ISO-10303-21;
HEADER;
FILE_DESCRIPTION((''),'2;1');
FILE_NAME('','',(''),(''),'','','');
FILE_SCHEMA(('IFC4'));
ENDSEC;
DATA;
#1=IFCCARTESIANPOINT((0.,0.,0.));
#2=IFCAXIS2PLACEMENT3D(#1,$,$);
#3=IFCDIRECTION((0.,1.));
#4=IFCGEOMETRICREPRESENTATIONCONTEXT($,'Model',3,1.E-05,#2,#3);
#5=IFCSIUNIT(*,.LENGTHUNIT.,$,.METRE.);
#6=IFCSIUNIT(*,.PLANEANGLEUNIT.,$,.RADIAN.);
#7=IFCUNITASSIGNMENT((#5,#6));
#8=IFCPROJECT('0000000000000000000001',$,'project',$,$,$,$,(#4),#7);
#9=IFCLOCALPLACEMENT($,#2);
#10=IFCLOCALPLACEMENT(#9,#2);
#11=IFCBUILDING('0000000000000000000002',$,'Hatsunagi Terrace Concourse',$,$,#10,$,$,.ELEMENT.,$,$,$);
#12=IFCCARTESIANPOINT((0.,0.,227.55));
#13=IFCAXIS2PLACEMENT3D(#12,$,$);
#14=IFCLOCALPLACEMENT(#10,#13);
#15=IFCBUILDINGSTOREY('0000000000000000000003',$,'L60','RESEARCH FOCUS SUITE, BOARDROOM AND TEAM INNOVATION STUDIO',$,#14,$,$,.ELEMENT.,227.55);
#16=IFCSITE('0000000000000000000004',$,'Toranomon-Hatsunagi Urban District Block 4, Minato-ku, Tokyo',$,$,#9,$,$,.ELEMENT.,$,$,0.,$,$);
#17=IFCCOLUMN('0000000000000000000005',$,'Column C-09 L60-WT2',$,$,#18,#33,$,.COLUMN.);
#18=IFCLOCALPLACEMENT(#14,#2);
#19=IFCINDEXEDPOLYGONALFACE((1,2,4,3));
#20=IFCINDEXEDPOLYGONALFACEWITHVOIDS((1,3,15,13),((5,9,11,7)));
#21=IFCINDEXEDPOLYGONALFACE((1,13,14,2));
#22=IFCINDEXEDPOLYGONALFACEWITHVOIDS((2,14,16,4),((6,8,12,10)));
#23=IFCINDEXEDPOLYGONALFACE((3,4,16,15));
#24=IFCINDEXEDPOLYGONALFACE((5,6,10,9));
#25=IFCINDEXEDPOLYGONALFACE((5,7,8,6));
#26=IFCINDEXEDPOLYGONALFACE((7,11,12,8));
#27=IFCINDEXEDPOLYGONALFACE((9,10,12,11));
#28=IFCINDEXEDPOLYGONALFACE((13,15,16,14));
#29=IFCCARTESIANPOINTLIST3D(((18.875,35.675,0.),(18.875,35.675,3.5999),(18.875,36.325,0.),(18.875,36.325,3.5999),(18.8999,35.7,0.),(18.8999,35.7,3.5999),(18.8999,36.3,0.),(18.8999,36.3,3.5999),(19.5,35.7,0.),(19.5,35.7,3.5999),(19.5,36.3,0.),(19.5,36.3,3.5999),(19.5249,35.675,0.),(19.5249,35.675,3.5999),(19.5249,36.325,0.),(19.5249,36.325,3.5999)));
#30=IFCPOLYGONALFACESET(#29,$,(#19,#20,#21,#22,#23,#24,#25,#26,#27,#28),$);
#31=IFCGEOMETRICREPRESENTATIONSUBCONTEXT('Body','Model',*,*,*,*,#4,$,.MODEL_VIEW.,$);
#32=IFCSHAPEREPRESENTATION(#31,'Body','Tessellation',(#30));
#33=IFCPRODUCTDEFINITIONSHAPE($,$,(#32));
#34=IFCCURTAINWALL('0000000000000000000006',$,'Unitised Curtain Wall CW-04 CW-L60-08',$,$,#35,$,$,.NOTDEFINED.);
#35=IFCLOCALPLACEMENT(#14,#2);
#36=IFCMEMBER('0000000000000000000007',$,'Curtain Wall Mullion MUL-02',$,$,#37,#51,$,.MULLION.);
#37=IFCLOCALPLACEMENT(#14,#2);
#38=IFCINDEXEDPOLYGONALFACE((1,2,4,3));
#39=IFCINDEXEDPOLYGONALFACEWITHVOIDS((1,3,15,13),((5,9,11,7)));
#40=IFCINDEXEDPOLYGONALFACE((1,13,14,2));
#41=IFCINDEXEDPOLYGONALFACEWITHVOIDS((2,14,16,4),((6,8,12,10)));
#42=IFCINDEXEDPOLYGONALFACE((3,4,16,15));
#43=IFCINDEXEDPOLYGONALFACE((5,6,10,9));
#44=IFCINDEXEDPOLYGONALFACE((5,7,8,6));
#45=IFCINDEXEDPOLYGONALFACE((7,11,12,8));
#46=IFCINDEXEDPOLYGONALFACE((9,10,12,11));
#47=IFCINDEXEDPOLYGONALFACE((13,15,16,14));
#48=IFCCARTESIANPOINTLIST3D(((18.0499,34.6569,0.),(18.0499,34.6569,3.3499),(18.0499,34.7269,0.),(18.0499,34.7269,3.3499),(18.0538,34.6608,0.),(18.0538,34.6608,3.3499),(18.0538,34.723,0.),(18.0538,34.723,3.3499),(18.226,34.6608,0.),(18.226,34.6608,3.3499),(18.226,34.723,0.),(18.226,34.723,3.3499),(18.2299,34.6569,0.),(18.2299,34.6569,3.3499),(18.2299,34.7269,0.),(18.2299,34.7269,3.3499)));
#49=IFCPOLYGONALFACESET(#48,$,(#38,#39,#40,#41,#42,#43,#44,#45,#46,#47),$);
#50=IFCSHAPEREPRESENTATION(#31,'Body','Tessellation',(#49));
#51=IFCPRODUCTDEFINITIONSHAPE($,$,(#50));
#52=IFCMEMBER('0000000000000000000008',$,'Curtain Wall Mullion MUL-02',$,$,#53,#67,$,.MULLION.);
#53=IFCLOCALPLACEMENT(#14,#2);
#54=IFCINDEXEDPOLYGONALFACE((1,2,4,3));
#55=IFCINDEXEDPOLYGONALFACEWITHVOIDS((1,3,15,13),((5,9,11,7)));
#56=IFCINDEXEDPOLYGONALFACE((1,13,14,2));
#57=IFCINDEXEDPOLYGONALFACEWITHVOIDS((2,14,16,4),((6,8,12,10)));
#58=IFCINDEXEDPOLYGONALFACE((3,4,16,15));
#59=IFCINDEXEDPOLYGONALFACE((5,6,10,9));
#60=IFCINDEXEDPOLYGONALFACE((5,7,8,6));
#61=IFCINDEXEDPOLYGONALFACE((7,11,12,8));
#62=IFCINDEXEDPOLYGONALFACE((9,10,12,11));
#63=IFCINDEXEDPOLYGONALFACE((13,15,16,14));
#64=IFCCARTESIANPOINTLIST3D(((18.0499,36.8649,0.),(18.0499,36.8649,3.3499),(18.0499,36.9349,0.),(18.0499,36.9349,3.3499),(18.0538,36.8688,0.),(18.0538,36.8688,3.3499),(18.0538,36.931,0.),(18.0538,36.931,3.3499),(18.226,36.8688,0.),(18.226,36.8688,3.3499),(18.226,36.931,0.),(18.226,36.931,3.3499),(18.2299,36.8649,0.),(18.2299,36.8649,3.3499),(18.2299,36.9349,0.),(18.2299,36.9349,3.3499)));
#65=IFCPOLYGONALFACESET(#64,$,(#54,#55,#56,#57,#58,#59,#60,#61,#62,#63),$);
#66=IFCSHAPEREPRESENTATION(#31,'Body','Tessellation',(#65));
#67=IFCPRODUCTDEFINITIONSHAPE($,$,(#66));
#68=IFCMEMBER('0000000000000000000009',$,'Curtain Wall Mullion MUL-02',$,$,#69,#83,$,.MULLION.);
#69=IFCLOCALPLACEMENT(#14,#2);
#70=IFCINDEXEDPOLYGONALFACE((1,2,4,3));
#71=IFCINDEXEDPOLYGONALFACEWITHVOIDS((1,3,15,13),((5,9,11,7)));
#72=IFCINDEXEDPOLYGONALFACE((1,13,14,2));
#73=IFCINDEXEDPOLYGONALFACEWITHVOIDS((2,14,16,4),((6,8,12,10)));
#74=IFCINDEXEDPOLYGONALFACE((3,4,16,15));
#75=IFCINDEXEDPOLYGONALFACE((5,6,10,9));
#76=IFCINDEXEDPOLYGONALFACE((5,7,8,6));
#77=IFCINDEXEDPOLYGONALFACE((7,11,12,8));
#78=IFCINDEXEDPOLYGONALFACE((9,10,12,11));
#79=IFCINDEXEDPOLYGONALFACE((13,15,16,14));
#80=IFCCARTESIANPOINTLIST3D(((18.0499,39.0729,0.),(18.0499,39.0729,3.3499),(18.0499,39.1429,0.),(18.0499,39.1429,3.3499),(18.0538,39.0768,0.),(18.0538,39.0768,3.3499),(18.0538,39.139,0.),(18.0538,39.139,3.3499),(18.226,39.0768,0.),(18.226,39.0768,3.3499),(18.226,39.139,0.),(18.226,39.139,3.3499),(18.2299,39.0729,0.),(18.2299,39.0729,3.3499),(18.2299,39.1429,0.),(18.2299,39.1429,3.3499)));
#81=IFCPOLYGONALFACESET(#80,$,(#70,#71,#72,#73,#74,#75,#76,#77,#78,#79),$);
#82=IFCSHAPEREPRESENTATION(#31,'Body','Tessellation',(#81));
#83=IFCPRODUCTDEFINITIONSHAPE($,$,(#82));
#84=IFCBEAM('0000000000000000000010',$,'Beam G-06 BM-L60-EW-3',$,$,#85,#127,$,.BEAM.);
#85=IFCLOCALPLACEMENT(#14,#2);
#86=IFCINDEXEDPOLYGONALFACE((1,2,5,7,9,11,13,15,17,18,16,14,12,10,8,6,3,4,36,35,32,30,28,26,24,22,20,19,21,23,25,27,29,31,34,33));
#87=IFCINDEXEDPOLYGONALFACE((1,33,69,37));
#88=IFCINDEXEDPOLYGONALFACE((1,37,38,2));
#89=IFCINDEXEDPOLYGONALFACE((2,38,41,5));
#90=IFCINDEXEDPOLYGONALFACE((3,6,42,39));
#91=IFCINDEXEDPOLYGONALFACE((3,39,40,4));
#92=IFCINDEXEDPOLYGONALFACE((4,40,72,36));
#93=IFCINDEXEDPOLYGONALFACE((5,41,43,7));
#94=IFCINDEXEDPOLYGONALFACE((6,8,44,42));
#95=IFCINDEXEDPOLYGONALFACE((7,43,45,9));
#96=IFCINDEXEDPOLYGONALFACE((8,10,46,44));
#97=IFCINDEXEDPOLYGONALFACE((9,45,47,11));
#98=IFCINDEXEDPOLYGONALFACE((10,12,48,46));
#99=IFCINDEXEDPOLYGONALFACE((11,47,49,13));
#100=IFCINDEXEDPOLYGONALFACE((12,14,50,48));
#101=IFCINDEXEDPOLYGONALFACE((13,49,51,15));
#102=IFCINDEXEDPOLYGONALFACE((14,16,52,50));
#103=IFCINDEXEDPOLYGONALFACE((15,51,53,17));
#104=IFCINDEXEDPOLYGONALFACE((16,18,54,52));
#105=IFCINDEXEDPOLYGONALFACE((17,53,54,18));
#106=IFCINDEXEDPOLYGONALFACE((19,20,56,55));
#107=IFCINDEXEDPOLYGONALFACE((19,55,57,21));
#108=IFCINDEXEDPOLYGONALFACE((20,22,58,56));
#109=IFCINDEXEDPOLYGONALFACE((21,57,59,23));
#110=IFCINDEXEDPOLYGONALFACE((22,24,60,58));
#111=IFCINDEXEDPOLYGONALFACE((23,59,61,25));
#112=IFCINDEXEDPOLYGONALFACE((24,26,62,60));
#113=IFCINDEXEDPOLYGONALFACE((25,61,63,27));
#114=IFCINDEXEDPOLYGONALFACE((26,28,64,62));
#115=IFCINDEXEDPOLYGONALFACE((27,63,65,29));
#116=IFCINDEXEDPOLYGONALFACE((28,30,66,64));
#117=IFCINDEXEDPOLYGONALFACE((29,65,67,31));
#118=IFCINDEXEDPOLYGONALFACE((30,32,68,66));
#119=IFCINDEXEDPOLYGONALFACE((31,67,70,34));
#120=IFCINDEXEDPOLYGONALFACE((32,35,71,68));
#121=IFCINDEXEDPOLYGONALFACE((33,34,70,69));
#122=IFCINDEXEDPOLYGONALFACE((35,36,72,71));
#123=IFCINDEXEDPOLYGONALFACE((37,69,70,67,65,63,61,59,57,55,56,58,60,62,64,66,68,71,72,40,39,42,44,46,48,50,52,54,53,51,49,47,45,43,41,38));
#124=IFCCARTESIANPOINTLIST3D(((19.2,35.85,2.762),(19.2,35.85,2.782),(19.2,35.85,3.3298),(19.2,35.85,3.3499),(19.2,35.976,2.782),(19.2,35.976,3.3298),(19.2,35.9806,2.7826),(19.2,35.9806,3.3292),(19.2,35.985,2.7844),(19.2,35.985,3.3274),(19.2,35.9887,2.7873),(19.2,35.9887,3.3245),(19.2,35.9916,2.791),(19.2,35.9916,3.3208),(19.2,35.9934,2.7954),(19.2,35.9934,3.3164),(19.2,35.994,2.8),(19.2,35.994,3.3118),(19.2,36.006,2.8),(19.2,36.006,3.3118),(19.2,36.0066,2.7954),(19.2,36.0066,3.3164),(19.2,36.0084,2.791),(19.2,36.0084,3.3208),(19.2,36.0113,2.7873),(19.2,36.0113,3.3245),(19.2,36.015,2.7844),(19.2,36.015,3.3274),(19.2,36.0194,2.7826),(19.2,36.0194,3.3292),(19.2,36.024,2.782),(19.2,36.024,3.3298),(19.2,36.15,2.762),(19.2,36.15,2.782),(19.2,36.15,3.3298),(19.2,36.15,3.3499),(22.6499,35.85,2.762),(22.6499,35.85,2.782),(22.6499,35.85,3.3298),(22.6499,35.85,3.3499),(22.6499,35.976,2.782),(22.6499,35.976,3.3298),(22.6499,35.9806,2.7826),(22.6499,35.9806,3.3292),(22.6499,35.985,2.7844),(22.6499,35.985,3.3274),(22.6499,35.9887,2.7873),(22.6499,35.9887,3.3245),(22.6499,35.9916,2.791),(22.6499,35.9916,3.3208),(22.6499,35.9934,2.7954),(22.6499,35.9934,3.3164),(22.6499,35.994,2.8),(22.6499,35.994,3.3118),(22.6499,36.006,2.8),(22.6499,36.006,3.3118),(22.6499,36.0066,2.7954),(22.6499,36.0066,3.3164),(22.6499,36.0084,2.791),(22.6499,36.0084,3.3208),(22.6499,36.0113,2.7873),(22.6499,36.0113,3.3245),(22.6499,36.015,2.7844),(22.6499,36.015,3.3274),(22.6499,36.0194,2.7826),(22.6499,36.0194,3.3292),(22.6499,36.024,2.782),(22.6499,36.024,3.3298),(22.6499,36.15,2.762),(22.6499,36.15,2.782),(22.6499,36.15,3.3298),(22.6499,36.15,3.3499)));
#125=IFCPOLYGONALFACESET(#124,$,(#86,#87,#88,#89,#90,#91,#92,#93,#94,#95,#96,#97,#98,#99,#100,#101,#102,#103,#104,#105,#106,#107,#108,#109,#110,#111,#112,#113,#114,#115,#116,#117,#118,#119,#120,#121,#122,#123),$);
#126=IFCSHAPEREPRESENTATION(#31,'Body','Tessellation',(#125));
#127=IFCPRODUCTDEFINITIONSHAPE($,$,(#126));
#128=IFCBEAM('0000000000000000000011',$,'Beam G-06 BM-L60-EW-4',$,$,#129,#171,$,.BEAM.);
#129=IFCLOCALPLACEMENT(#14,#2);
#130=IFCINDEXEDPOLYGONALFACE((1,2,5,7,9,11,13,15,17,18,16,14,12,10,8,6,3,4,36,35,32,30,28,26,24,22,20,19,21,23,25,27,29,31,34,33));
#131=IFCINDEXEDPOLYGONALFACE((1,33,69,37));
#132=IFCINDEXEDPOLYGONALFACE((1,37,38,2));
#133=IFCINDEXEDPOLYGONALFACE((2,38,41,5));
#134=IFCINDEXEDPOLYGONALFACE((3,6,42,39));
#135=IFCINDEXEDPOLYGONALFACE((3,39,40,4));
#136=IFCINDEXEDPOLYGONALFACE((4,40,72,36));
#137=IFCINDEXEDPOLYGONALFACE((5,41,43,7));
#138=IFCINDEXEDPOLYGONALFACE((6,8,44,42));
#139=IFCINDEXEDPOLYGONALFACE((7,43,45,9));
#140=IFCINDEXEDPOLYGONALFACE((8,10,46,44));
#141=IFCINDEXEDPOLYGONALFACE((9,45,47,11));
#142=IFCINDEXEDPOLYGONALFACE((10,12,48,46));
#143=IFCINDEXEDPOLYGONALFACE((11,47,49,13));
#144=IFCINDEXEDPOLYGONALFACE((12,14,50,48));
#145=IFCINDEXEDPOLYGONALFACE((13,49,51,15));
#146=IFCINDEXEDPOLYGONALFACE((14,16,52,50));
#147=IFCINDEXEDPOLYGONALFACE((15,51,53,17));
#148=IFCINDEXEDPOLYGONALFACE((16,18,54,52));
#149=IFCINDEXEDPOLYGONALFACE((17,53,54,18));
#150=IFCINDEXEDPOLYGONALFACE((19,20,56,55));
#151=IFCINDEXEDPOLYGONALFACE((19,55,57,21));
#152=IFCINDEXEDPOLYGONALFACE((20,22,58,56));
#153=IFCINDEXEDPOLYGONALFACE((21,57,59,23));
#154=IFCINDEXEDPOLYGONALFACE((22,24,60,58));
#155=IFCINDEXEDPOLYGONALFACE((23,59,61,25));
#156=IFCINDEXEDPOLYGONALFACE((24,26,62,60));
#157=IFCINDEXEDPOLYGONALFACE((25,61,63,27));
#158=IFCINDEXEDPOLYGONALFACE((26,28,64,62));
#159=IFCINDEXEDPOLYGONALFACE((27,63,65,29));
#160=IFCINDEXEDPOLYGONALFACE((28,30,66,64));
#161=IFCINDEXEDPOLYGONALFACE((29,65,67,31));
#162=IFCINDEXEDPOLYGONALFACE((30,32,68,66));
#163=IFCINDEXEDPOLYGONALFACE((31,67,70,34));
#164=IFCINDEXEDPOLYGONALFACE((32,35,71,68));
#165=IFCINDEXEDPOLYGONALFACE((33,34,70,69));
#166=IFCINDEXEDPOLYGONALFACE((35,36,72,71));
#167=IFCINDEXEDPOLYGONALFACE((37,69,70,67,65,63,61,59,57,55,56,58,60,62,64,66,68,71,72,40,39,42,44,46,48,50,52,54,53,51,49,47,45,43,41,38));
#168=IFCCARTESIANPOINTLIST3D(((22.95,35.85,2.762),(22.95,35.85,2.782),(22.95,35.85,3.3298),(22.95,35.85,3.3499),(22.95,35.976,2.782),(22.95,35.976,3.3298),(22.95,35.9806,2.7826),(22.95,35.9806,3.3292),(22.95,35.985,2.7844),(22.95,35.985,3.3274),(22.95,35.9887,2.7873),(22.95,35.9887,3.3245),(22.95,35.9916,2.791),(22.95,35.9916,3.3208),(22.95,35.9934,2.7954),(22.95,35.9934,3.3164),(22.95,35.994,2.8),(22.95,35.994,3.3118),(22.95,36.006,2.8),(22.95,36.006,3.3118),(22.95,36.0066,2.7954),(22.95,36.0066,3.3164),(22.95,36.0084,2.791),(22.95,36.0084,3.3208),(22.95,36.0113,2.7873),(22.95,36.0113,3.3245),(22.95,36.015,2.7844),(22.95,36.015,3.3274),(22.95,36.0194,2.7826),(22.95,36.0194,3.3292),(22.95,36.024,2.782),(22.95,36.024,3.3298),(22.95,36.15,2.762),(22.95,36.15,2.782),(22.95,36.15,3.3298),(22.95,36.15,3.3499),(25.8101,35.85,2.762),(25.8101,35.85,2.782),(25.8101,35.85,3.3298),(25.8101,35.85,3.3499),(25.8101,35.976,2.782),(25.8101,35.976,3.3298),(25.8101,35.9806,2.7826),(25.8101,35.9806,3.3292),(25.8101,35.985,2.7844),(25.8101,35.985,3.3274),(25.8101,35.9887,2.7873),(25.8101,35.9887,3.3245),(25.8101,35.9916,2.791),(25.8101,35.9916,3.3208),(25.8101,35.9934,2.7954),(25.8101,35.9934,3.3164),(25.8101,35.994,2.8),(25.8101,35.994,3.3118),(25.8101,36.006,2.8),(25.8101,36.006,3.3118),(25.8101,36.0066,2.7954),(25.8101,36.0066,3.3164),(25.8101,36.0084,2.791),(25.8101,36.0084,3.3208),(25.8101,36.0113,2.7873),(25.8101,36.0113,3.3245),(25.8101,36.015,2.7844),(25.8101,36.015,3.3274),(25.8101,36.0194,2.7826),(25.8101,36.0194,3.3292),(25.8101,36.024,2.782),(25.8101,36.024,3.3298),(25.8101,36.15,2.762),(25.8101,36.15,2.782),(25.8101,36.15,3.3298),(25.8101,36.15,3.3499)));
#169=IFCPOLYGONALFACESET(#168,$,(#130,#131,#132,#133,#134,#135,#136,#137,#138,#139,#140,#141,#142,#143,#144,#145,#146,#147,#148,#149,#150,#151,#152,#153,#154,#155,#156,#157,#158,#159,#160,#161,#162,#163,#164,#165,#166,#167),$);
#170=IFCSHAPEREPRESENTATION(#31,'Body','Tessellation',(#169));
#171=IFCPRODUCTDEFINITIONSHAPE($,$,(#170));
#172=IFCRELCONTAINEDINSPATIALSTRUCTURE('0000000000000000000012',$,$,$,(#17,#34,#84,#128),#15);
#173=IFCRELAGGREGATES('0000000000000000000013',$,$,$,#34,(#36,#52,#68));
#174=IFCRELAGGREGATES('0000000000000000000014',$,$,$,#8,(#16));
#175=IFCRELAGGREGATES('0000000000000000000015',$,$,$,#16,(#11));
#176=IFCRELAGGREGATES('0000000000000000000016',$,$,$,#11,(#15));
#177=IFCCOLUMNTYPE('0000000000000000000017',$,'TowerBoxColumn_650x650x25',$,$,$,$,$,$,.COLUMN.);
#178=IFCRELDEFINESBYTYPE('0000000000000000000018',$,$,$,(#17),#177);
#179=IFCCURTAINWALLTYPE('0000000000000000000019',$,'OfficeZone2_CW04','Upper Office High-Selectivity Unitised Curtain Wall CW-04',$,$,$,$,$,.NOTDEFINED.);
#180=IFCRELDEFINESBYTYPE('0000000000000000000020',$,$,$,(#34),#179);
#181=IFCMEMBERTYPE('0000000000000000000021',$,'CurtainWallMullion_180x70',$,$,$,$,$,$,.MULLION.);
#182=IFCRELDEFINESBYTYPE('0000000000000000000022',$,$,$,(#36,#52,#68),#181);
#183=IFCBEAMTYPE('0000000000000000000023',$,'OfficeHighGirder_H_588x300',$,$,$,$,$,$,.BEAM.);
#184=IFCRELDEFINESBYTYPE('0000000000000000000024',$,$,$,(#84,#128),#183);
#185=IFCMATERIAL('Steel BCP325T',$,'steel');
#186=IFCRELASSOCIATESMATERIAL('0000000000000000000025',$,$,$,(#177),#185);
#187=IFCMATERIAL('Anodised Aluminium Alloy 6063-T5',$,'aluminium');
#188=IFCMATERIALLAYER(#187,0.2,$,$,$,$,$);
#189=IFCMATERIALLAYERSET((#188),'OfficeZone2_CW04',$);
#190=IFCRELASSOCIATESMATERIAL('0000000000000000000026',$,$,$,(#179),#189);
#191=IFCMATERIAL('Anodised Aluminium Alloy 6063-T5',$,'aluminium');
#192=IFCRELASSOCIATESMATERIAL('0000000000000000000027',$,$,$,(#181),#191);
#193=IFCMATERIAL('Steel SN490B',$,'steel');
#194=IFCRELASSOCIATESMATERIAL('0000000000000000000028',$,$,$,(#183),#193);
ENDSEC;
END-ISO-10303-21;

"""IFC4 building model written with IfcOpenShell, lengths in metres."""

from ifc_helpers import new_model, si_unit, direction, frame, origin, origin_2d, place, context, subcontext, project, spatial, hollow_rectangle, i_section, extrude, material, layer, layer_set, material_profile, profile_set, type_object, element, aggregate, save


model = new_model("IFC4")

# Units and contexts
model_context = context("Model", 3, precision=1e-05, world=origin(), true_north=direction((0.0, 1.0)))
body_context = subcontext(model_context, "Body", "Model", "MODEL_VIEW")
ifc_project = project(units=[si_unit("LENGTHUNIT", "METRE"), si_unit("PLANEANGLEUNIT", "RADIAN")], contexts=[model_context])

# Site, building, storey
site_placement = place(None, origin())
site = spatial("IfcSite", under=ifc_project, at=site_placement, Name="Toranomon-Hatsunagi Urban District Block 4, Minato-ku, Tokyo", CompositionType="ELEMENT", RefElevation=0.0)
building_placement = place(site_placement, origin())
building = spatial("IfcBuilding", under=site, at=building_placement, Name="Hatsunagi Terrace Concourse", CompositionType="ELEMENT")
storey_placement = place(building_placement, frame((0.0, 0.0, 227.55)))
storey = spatial("IfcBuildingStorey", under=building, at=storey_placement, Name="L60", Description="RESEARCH FOCUS SUITE, BOARDROOM AND TEAM INNOVATION STUDIO", CompositionType="ELEMENT", Elevation=227.55)

# Column
ifc_material_1 = material(Name="Steel BCP325T", Category="steel")
ifc_material_profile_1 = material_profile(ifc_material_1, hollow_rectangle(XDim=0.6499, YDim=0.6499, WallThickness=0.0249, at=origin_2d()), Name="BCP-650x650x25")
ifc_profile_set_1 = profile_set([ifc_material_profile_1], Name="Steel BCP325T")
column_type = type_object("IfcColumnType", Name="TowerBoxColumn_650x650x25", PredefinedType="COLUMN", material=ifc_profile_set_1)
column_placement = place(storey_placement, frame((19.2, 36.0, 0.0), z_axis=(0.0, 0.0, 1.0), x_axis=(1.0, 0.0, 0.0)))
element("IfcColumn", 1, at=column_placement, inside=storey, type_object=column_type, Name="Column C-09 L60-WT2", PredefinedType="COLUMN", context=body_context, shape_type="SweptSolid", body=[
    extrude(hollow_rectangle(XDim=0.6499, YDim=0.6499, WallThickness=0.0249, at=origin_2d()), origin(), (0.0, 0.0, 1.0), 3.5999),
])

# Curtain wall, members
ifc_material_2 = material(Name="Anodised Aluminium Alloy 6063-T5", Category="aluminium")
ifc_layer_1 = layer(ifc_material_2, 0.2)
ifc_layer_set_1 = layer_set([ifc_layer_1], Name="OfficeZone2_CW04")
curtain_wall_type = type_object("IfcCurtainWallType", Name="OfficeZone2_CW04", Description="Upper Office High-Selectivity Unitised Curtain Wall CW-04", PredefinedType="NOTDEFINED", material=ifc_layer_set_1)
curtain_wall_placement = place(storey_placement, origin())
curtain_wall = element("IfcCurtainWall", 2, at=curtain_wall_placement, inside=storey, type_object=curtain_wall_type, Name="Unitised Curtain Wall CW-04 CW-L60-08", PredefinedType="NOTDEFINED")
ifc_material_3 = material(Name="Anodised Aluminium Alloy 6063-T5", Category="aluminium")
ifc_material_profile_2 = material_profile(ifc_material_3, hollow_rectangle(XDim=0.0701, YDim=0.1799, WallThickness=0.0039, at=origin_2d()), Name="ALU-MUL-180x70x4")
ifc_profile_set_2 = profile_set([ifc_material_profile_2], Name="Anodised Aluminium Alloy 6063-T5")
member_type = type_object("IfcMemberType", Name="CurtainWallMullion_180x70", PredefinedType="MULLION", material=ifc_profile_set_2)
member_1_placement = place(storey_placement, frame((18.1399, 34.6919, 0.0), z_axis=(0.0, 0.0, 1.0), x_axis=(0.0, 1.0, 0.0)))
member_1 = element("IfcMember", 3, at=member_1_placement, type_object=member_type, Name="Curtain Wall Mullion MUL-02", PredefinedType="MULLION", context=body_context, shape_type="SweptSolid", body=[
    extrude(hollow_rectangle(XDim=0.0701, YDim=0.1799, WallThickness=0.0039, at=origin_2d()), origin(), (0.0, 0.0, 1.0), 3.3499),
])
member_2_placement = place(storey_placement, frame((18.1399, 36.8999, 0.0), z_axis=(0.0, 0.0, 1.0), x_axis=(0.0, 1.0, 0.0)))
member_2 = element("IfcMember", 4, at=member_2_placement, type_object=member_type, Name="Curtain Wall Mullion MUL-02", PredefinedType="MULLION", context=body_context, shape_type="SweptSolid", body=[
    extrude(hollow_rectangle(XDim=0.0701, YDim=0.1799, WallThickness=0.0039, at=origin_2d()), origin(), (0.0, 0.0, 1.0), 3.3499),
])
member_3_placement = place(storey_placement, frame((18.1399, 39.1079, 0.0), z_axis=(0.0, 0.0, 1.0), x_axis=(0.0, 1.0, 0.0)))
member_3 = element("IfcMember", 5, at=member_3_placement, type_object=member_type, Name="Curtain Wall Mullion MUL-02", PredefinedType="MULLION", context=body_context, shape_type="SweptSolid", body=[
    extrude(hollow_rectangle(XDim=0.0701, YDim=0.1799, WallThickness=0.0039, at=origin_2d()), origin(), (0.0, 0.0, 1.0), 3.3499),
])

# Beams
ifc_material_4 = material(Name="Steel SN490B", Category="steel")
ifc_material_profile_3 = material_profile(ifc_material_4, i_section(OverallWidth=0.3, OverallDepth=0.5879, WebThickness=0.012, FlangeThickness=0.02, FilletRadius=0.0181, at=origin_2d()), Name="H-588x300x12x20")
ifc_profile_set_3 = profile_set([ifc_material_profile_3], Name="Steel SN490B")
beam_type_1 = type_object("IfcBeamType", Name="OfficeHighGirder_H_588x300", PredefinedType="BEAM", material=ifc_profile_set_3)
beam_1_placement = place(storey_placement, frame((19.2, 36.0, 3.0559), z_axis=(1.0, 0.0, 0.0), x_axis=(0.0, 1.0, 0.0)))
element("IfcBeam", 6, at=beam_1_placement, inside=storey, type_object=beam_type_1, Name="Beam G-06 BM-L60-EW-3", PredefinedType="BEAM", context=body_context, shape_type="SweptSolid", body=[
    extrude(i_section(OverallWidth=0.3, OverallDepth=0.5879, WebThickness=0.012, FlangeThickness=0.02, FilletRadius=0.0181, at=origin_2d()), origin(), (0.0, 0.0, 1.0), 3.45),
])
beam_2_placement = place(storey_placement, frame((22.95, 36.0, 3.0559), z_axis=(1.0, 0.0, 0.0), x_axis=(0.0, 1.0, 0.0)))
element("IfcBeam", 7, at=beam_2_placement, inside=storey, type_object=beam_type_1, Name="Beam G-06 BM-L60-EW-4", PredefinedType="BEAM", context=body_context, shape_type="SweptSolid", body=[
    extrude(i_section(OverallWidth=0.3, OverallDepth=0.5879, WebThickness=0.012, FlangeThickness=0.02, FilletRadius=0.0181, at=origin_2d()), origin(), (0.0, 0.0, 1.0), 2.8601),
])

aggregate(curtain_wall, [member_1, member_2, member_3])

save(model, "model.ifc")
